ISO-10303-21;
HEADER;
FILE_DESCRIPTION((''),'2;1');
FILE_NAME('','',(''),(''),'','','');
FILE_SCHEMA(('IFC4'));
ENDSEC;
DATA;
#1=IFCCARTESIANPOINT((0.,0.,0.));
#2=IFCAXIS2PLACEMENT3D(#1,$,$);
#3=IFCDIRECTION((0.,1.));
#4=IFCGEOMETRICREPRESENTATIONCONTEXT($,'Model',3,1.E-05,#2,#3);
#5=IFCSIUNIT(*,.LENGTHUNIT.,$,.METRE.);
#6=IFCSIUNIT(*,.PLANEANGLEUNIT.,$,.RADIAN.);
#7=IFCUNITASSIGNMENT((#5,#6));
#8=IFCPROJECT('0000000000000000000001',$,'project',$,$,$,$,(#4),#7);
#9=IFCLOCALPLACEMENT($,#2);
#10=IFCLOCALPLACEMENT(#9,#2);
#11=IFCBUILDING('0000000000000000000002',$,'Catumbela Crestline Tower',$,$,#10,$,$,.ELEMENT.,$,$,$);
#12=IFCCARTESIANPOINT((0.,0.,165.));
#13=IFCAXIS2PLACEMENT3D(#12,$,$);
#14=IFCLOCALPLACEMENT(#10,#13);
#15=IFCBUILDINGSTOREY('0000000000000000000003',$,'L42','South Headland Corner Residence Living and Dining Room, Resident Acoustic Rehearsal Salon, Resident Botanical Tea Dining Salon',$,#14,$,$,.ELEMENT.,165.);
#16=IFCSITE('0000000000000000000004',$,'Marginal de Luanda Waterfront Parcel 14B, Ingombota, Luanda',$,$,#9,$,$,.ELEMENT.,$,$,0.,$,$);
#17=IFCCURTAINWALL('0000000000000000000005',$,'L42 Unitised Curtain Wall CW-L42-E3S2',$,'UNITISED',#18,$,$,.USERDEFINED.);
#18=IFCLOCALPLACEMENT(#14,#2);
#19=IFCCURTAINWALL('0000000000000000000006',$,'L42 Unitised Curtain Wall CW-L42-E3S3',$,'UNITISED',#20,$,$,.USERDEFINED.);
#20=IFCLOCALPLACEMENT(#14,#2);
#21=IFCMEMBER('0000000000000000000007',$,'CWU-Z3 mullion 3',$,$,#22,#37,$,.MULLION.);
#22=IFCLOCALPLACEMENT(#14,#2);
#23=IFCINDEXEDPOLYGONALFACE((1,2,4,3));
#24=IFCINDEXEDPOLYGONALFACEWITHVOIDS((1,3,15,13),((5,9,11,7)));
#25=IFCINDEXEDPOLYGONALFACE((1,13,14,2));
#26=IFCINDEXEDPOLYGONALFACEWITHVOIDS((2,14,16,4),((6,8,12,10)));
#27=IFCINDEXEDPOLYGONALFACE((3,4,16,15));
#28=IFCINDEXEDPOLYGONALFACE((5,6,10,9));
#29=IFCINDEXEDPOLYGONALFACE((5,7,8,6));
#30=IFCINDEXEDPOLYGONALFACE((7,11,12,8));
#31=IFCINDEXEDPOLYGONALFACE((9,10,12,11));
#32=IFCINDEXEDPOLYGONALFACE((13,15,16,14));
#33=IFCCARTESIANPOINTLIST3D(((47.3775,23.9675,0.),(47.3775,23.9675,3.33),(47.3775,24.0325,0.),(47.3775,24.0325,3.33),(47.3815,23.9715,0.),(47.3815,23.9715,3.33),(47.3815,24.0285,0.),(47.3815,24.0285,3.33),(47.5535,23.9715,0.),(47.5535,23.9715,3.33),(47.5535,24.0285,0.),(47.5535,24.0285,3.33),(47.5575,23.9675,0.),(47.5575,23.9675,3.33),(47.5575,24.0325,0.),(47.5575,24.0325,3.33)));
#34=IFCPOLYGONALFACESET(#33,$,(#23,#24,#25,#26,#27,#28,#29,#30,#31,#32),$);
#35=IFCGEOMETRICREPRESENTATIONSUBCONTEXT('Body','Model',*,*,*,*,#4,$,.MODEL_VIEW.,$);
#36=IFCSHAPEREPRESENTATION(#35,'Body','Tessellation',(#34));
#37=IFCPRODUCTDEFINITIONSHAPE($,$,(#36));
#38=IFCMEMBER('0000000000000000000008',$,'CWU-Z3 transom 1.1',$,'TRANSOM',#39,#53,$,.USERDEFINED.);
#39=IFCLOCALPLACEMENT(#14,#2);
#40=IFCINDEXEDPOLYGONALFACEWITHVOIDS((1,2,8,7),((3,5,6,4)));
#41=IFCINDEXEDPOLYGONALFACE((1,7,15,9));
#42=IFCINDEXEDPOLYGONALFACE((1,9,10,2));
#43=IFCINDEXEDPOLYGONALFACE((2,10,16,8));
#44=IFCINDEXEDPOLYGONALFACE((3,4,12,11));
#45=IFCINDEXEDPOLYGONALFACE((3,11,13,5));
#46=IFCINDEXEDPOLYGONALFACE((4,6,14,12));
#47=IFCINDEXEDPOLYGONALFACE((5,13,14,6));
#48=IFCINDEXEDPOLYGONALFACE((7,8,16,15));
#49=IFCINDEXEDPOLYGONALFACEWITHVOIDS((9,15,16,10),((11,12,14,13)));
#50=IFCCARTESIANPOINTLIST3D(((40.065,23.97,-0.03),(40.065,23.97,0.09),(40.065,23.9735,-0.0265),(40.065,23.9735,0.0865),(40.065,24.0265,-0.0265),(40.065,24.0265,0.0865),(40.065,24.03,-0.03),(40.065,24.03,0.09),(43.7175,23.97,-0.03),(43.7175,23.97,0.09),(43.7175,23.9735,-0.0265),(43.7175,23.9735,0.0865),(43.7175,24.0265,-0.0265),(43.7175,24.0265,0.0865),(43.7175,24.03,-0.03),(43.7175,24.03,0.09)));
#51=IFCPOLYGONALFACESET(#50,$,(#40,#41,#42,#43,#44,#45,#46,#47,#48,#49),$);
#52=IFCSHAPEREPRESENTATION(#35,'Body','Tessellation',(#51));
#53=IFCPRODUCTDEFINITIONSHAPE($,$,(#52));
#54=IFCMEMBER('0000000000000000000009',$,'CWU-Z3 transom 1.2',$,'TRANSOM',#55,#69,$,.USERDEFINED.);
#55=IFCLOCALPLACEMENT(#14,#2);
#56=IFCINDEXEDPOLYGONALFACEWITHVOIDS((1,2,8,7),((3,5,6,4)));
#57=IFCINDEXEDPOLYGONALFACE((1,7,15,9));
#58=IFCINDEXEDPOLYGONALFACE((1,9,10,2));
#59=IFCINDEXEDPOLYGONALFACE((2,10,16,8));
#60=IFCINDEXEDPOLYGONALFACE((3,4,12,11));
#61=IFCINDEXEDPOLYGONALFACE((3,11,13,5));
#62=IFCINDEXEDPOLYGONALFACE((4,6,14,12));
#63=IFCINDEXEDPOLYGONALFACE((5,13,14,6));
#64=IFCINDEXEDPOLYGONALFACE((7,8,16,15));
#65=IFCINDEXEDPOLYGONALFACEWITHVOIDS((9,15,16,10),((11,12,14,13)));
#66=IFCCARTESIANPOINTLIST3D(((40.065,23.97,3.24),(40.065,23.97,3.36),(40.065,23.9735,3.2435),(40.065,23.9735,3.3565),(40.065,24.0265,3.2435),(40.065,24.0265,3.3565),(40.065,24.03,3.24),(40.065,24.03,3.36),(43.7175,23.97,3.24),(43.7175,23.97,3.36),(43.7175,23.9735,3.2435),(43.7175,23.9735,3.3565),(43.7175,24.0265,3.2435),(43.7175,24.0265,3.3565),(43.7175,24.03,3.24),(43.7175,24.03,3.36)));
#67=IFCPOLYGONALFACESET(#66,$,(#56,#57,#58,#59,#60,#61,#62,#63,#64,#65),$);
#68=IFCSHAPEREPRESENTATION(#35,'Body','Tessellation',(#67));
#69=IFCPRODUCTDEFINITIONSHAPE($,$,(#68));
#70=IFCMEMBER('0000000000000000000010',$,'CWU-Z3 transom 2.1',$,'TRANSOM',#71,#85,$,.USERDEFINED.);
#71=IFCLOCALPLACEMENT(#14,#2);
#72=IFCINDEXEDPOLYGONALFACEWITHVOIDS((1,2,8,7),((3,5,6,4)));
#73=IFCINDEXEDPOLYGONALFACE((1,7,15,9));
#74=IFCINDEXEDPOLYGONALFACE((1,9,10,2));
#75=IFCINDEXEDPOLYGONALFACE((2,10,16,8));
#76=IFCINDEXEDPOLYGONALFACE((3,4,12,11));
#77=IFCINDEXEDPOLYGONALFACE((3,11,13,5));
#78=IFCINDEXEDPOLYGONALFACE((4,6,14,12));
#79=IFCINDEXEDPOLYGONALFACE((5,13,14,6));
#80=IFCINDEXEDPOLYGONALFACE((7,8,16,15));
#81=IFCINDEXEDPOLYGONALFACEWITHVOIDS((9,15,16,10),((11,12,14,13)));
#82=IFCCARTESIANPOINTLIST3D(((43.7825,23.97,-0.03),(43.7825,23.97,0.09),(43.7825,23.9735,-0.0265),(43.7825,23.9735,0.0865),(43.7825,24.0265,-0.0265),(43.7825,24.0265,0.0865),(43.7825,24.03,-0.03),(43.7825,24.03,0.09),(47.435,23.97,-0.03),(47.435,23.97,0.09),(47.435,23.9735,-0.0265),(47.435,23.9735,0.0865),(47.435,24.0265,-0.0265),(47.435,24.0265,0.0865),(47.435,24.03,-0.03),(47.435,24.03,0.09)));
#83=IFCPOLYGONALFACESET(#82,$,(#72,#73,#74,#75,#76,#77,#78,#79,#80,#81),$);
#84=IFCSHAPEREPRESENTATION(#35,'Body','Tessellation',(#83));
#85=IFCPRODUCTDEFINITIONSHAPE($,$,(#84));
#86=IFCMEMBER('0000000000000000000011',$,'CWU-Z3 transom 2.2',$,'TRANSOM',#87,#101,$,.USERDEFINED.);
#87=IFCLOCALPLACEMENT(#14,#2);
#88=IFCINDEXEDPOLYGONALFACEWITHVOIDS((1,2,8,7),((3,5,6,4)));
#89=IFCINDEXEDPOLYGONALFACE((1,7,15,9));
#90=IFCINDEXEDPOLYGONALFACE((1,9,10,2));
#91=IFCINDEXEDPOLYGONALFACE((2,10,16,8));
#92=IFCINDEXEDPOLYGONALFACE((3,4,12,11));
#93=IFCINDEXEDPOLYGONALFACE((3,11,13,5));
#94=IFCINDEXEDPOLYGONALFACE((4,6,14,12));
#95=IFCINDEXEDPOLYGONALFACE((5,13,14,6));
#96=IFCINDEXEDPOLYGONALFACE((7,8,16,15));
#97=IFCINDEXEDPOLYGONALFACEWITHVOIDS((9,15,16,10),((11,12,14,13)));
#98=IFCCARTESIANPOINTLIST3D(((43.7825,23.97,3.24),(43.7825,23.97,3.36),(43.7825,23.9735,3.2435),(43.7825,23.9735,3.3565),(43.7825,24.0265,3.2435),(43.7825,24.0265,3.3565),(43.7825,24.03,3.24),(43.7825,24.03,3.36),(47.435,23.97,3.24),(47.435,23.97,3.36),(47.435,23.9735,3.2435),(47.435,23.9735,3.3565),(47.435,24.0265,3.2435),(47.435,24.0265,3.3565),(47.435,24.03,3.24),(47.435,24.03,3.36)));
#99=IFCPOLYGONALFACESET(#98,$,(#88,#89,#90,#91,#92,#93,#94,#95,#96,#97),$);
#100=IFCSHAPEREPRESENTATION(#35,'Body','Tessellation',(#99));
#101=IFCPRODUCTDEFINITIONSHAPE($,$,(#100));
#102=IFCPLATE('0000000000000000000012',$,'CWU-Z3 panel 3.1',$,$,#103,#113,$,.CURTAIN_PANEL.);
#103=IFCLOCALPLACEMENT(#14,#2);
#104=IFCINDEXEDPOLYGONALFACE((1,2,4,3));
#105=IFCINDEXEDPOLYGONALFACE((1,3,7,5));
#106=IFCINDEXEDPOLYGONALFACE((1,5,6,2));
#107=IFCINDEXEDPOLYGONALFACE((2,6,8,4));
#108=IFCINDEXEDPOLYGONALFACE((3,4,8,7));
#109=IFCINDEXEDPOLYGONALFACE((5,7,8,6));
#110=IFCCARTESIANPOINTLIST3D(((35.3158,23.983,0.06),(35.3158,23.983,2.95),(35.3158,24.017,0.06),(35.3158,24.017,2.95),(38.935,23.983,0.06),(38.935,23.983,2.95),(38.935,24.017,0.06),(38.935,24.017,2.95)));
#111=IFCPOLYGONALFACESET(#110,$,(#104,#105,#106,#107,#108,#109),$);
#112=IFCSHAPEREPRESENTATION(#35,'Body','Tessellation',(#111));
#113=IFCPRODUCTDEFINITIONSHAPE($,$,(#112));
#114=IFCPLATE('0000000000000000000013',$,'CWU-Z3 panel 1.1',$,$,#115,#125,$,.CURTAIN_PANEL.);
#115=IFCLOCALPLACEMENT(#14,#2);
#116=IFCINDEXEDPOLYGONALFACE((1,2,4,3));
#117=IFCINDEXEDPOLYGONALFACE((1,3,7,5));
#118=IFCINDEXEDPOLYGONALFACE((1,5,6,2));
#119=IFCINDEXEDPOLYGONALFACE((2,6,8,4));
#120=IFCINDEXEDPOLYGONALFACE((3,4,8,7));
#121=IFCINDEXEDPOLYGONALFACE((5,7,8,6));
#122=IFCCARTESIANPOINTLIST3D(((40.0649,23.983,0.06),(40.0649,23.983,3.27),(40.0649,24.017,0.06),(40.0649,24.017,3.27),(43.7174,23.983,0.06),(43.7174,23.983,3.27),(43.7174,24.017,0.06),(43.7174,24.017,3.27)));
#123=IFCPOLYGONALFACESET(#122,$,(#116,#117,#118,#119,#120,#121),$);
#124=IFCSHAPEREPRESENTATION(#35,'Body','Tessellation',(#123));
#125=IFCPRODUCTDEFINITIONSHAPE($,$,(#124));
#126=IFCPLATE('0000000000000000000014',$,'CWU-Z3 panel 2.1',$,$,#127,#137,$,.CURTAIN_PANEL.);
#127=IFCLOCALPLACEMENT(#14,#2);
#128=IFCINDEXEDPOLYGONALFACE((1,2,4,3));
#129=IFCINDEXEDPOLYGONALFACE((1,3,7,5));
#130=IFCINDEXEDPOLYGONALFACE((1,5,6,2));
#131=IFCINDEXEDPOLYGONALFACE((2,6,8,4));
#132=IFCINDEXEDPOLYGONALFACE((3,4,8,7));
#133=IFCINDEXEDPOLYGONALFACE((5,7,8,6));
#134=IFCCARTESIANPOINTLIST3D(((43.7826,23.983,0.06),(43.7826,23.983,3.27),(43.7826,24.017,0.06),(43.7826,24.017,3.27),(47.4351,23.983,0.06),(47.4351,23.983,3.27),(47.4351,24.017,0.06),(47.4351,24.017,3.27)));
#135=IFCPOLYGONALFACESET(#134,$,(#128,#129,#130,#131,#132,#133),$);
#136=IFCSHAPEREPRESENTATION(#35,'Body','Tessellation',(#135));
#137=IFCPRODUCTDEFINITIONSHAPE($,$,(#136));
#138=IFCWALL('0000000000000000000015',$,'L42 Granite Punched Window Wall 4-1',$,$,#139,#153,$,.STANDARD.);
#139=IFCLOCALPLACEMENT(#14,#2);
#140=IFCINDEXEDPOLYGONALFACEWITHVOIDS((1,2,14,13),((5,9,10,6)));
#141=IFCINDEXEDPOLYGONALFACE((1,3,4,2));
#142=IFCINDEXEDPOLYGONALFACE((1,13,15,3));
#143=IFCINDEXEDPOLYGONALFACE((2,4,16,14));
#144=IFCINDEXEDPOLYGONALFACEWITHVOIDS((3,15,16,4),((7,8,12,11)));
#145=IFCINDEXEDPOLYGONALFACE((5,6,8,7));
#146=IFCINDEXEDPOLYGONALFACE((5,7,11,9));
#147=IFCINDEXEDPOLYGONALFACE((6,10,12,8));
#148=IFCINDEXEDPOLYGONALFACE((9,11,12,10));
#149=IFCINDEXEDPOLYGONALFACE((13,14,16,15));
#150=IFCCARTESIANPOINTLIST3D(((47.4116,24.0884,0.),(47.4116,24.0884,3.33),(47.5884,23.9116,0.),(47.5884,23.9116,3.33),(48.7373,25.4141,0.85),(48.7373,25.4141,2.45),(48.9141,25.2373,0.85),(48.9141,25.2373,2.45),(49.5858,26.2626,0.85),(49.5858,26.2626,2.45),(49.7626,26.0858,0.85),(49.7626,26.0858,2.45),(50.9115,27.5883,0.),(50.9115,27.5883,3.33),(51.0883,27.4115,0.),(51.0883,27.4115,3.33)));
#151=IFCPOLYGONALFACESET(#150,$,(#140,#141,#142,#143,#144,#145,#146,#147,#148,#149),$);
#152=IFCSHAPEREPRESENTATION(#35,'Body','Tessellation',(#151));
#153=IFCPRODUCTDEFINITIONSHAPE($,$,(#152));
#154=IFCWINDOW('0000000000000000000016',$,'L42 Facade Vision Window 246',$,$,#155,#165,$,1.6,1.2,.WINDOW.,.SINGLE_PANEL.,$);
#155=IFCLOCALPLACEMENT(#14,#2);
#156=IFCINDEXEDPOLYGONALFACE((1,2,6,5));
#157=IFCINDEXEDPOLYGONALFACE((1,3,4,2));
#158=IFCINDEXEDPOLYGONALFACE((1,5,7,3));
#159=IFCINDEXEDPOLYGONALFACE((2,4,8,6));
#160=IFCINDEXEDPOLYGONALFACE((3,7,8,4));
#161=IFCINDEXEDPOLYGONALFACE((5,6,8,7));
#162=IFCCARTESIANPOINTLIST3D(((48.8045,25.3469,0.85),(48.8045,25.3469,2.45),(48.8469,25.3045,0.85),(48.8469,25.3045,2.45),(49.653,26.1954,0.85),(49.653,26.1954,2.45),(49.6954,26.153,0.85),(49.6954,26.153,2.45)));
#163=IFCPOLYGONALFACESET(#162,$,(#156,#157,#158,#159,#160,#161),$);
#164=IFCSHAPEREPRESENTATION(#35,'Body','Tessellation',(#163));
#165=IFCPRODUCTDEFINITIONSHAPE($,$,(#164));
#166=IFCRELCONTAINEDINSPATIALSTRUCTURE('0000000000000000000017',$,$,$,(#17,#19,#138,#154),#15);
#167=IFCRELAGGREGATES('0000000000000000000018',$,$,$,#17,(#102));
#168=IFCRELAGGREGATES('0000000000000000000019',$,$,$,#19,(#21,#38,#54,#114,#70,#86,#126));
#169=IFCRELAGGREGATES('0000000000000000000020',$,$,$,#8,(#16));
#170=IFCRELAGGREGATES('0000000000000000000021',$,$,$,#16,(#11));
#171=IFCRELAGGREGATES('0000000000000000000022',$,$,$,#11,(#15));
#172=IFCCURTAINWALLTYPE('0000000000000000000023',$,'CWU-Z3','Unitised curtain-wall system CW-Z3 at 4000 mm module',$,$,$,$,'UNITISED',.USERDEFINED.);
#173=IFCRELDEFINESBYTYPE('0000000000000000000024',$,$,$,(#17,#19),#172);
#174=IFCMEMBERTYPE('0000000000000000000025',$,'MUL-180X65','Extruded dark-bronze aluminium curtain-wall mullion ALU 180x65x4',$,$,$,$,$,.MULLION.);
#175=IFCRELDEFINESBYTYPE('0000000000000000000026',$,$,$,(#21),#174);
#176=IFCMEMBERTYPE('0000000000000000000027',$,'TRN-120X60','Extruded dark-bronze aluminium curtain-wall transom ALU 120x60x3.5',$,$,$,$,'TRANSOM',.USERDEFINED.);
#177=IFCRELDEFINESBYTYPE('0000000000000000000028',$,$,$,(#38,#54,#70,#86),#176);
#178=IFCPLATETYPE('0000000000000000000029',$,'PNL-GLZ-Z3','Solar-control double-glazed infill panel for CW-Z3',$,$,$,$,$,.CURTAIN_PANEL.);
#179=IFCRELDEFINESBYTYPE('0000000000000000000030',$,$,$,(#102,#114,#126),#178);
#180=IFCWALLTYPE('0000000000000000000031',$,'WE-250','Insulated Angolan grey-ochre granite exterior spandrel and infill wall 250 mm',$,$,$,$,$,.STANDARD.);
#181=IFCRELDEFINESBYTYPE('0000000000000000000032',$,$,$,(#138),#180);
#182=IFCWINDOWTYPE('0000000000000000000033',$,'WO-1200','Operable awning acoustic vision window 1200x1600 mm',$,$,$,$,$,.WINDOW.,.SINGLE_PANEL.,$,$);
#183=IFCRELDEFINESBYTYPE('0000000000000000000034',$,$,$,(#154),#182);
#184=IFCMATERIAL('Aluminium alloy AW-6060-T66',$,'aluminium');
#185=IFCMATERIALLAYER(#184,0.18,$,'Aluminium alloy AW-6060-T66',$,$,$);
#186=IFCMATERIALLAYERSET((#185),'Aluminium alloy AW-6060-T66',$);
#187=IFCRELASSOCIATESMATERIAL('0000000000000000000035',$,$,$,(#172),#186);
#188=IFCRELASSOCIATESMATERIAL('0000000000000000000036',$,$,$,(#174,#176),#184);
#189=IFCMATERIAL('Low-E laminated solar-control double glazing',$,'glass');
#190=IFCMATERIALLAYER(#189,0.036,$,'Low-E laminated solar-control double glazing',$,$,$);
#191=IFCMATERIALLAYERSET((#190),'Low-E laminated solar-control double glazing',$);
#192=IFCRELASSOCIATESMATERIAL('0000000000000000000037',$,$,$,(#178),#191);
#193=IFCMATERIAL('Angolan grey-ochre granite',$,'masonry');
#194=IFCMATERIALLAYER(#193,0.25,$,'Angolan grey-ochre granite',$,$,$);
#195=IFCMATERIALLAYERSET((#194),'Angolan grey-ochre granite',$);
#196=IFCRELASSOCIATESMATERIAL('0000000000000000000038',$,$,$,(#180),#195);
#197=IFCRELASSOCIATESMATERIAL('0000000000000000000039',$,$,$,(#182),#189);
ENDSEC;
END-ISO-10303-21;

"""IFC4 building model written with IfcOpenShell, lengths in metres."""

from ifc_helpers import new_model, si_unit, direction, frame, frame_2d, origin, origin_2d, place, context, subcontext, project, spatial, rectangle, hollow_rectangle, extrude, material, layer, layer_set, material_profile, profile_set, type_object, element, fill, aggregate, save


model = new_model("IFC4")

# Units and contexts
model_context = context("Model", 3, precision=1e-05, world=origin(), true_north=direction((0.0, 1.0)))
body_context = subcontext(model_context, "Body", "Model", "MODEL_VIEW")
ifc_project = project(units=[si_unit("LENGTHUNIT", "METRE"), si_unit("PLANEANGLEUNIT", "RADIAN")], contexts=[model_context])

# Site, building, storey
site_placement = place(None, origin())
site = spatial("IfcSite", under=ifc_project, at=site_placement, Name="Marginal de Luanda Waterfront Parcel 14B, Ingombota, Luanda", CompositionType="ELEMENT", RefElevation=0.0)
building_placement = place(site_placement, origin())
building = spatial("IfcBuilding", under=site, at=building_placement, Name="Catumbela Crestline Tower", CompositionType="ELEMENT")
storey_placement = place(building_placement, frame((0.0, 0.0, 165.0)))
storey = spatial("IfcBuildingStorey", under=building, at=storey_placement, Name="L42", Description="South Headland Corner Residence Living and Dining Room, Resident Acoustic Rehearsal Salon, Resident Botanical Tea Dining Salon", CompositionType="ELEMENT", Elevation=165.0)

# Curtain wall
ifc_material_1 = material(Name="Aluminium alloy AW-6060-T66", Category="aluminium")
ifc_layer_1 = layer(ifc_material_1, 0.18, Name="Aluminium alloy AW-6060-T66")
ifc_layer_set_1 = layer_set([ifc_layer_1], Name="Aluminium alloy AW-6060-T66")
curtain_wall_type = type_object("IfcCurtainWallType", Name="CWU-Z3", Description="Unitised curtain-wall system CW-Z3 at 4000 mm module", ElementType="UNITISED", PredefinedType="USERDEFINED", material=ifc_layer_set_1)
curtain_wall_1_placement = place(storey_placement, origin())
curtain_wall_1 = element("IfcCurtainWall", 1, at=curtain_wall_1_placement, inside=storey, type_object=curtain_wall_type, Name="L42 Unitised Curtain Wall CW-L42-E3S2", ObjectType="UNITISED", PredefinedType="USERDEFINED")
ifc_material_profile_1 = material_profile(ifc_material_1, hollow_rectangle(XDim=0.065, YDim=0.18, WallThickness=0.004, at=origin_2d()), Name="ALU 180x65x4")
ifc_profile_set_1 = profile_set([ifc_material_profile_1], Name="Aluminium alloy AW-6060-T66")
member_type_1 = type_object("IfcMemberType", Name="MUL-180X65", Description="Extruded dark-bronze aluminium curtain-wall mullion ALU 180x65x4", PredefinedType="MULLION", material=ifc_profile_set_1)

# Curtain wall, members
curtain_wall_2_placement = place(storey_placement, origin())
curtain_wall_2 = element("IfcCurtainWall", 2, at=curtain_wall_2_placement, inside=storey, type_object=curtain_wall_type, Name="L42 Unitised Curtain Wall CW-L42-E3S3", ObjectType="UNITISED", PredefinedType="USERDEFINED")
member_1_placement = place(storey_placement, frame((47.4675, 24.0, 0.0), z_axis=(0.0, 0.0, 1.0), x_axis=(0.0, 1.0, 0.0)))
member_1 = element("IfcMember", 3, at=member_1_placement, type_object=member_type_1, Name="CWU-Z3 mullion 3", PredefinedType="MULLION", context=body_context, shape_type="SweptSolid", body=[
    extrude(hollow_rectangle(XDim=0.065, YDim=0.18, WallThickness=0.004, at=origin_2d()), origin(), (0.0, 0.0, 1.0), 3.33),
])
ifc_material_profile_2 = material_profile(ifc_material_1, hollow_rectangle(XDim=0.06, YDim=0.12, WallThickness=0.0035, at=origin_2d()), Name="ALU 120x60x3.5")
ifc_profile_set_2 = profile_set([ifc_material_profile_2], Name="Aluminium alloy AW-6060-T66")
member_type_2 = type_object("IfcMemberType", Name="TRN-120X60", Description="Extruded dark-bronze aluminium curtain-wall transom ALU 120x60x3.5", ElementType="TRANSOM", PredefinedType="USERDEFINED", material=ifc_profile_set_2)
member_2_placement = place(storey_placement, frame((40.065, 24.0, 0.03), z_axis=(1.0, 0.0, 0.0), x_axis=(0.0, 1.0, 0.0)))
member_2 = element("IfcMember", 4, at=member_2_placement, type_object=member_type_2, Name="CWU-Z3 transom 1.1", ObjectType="TRANSOM", PredefinedType="USERDEFINED", context=body_context, shape_type="SweptSolid", body=[
    extrude(hollow_rectangle(XDim=0.06, YDim=0.12, WallThickness=0.0035, at=origin_2d()), origin(), (0.0, 0.0, 1.0), 3.6525),
])
member_3_placement = place(storey_placement, frame((40.065, 24.0, 3.3), z_axis=(1.0, 0.0, 0.0), x_axis=(0.0, 1.0, 0.0)))
member_3 = element("IfcMember", 5, at=member_3_placement, type_object=member_type_2, Name="CWU-Z3 transom 1.2", ObjectType="TRANSOM", PredefinedType="USERDEFINED", context=body_context, shape_type="SweptSolid", body=[
    extrude(hollow_rectangle(XDim=0.06, YDim=0.12, WallThickness=0.0035, at=origin_2d()), origin(), (0.0, 0.0, 1.0), 3.6525),
])
member_4_placement = place(storey_placement, frame((43.7825, 24.0, 0.03), z_axis=(1.0, 0.0, 0.0), x_axis=(0.0, 1.0, 0.0)))
member_4 = element("IfcMember", 6, at=member_4_placement, type_object=member_type_2, Name="CWU-Z3 transom 2.1", ObjectType="TRANSOM", PredefinedType="USERDEFINED", context=body_context, shape_type="SweptSolid", body=[
    extrude(hollow_rectangle(XDim=0.06, YDim=0.12, WallThickness=0.0035, at=origin_2d()), origin(), (0.0, 0.0, 1.0), 3.6525),
])
member_5_placement = place(storey_placement, frame((43.7825, 24.0, 3.3), z_axis=(1.0, 0.0, 0.0), x_axis=(0.0, 1.0, 0.0)))
member_5 = element("IfcMember", 7, at=member_5_placement, type_object=member_type_2, Name="CWU-Z3 transom 2.2", ObjectType="TRANSOM", PredefinedType="USERDEFINED", context=body_context, shape_type="SweptSolid", body=[
    extrude(hollow_rectangle(XDim=0.06, YDim=0.12, WallThickness=0.0035, at=origin_2d()), origin(), (0.0, 0.0, 1.0), 3.6525),
])

# Plates
ifc_material_2 = material(Name="Low-E laminated solar-control double glazing", Category="glass")
ifc_layer_2 = layer(ifc_material_2, 0.036, Name="Low-E laminated solar-control double glazing")
ifc_layer_set_2 = layer_set([ifc_layer_2], Name="Low-E laminated solar-control double glazing")
plate_type = type_object("IfcPlateType", Name="PNL-GLZ-Z3", Description="Solar-control double-glazed infill panel for CW-Z3", PredefinedType="CURTAIN_PANEL", material=ifc_layer_set_2)
plate_1_placement = place(storey_placement, frame((37.1254, 24.0, 0.06), z_axis=(0.0, 0.0, 1.0), x_axis=(1.0, 0.0, 0.0)))
plate_1 = element("IfcPlate", 8, at=plate_1_placement, type_object=plate_type, Name="CWU-Z3 panel 3.1", PredefinedType="CURTAIN_PANEL", context=body_context, shape_type="SweptSolid", body=[
    extrude(rectangle(XDim=3.6192, YDim=0.034, at=origin_2d()), origin(), (0.0, 0.0, 1.0), 2.89),
])
aggregate(curtain_wall_1, [plate_1])
plate_2_placement = place(storey_placement, frame((41.8912, 24.0, 0.06), z_axis=(0.0, 0.0, 1.0), x_axis=(1.0, 0.0, 0.0)))
plate_2 = element("IfcPlate", 9, at=plate_2_placement, type_object=plate_type, Name="CWU-Z3 panel 1.1", PredefinedType="CURTAIN_PANEL", context=body_context, shape_type="SweptSolid", body=[
    extrude(rectangle(XDim=3.6525, YDim=0.034, at=origin_2d()), origin(), (0.0, 0.0, 1.0), 3.21),
])
plate_3_placement = place(storey_placement, frame((45.6088, 24.0, 0.06), z_axis=(0.0, 0.0, 1.0), x_axis=(1.0, 0.0, 0.0)))
plate_3 = element("IfcPlate", 10, at=plate_3_placement, type_object=plate_type, Name="CWU-Z3 panel 2.1", PredefinedType="CURTAIN_PANEL", context=body_context, shape_type="SweptSolid", body=[
    extrude(rectangle(XDim=3.6525, YDim=0.034, at=origin_2d()), origin(), (0.0, 0.0, 1.0), 3.21),
])
aggregate(curtain_wall_2, [member_1, member_2, member_3, plate_2, member_4, member_5, plate_3])

# Wall, opening, window
ifc_material_3 = material(Name="Angolan grey-ochre granite", Category="masonry")
ifc_layer_3 = layer(ifc_material_3, 0.25, Name="Angolan grey-ochre granite")
ifc_layer_set_3 = layer_set([ifc_layer_3], Name="Angolan grey-ochre granite")
wall_type = type_object("IfcWallType", Name="WE-250", Description="Insulated Angolan grey-ochre granite exterior spandrel and infill wall 250 mm", PredefinedType="STANDARD", material=ifc_layer_set_3)
wall_1_placement = place(storey_placement, frame((47.5, 24.0, 0.0), z_axis=(0.0, 0.0, 1.0), x_axis=(0.707107, 0.707107, 0.0)))
wall_1 = element("IfcWall", 11, at=wall_1_placement, inside=storey, type_object=wall_type, Name="L42 Granite Punched Window Wall 4-1", PredefinedType="STANDARD", context=body_context, shape_type="SweptSolid", body=[
    extrude(rectangle(XDim=4.9497, YDim=0.25, at=frame_2d((2.4748, 0.0))), origin(), (0.0, 0.0, 1.0), 3.33),
])
opening_1_placement = place(wall_1_placement, frame((1.8748, 0.0, 0.85)))
opening_1 = element("IfcOpeningElement", 12, at=opening_1_placement, cuts=wall_1, PredefinedType="OPENING", context=body_context, shape_type="SweptSolid", body=[
    extrude(rectangle(XDim=1.2, YDim=1.6, at=frame_2d((0.6, 0.8))), frame((0.0, 0.135, 0.0), z_axis=(0.0, -1.0, 0.0), x_axis=(1.0, 0.0, 0.0)), (0.0, 0.0, 1.0), 0.27),
])
window_type_1 = type_object("IfcWindowType", Name="WO-1200", Description="Operable awning acoustic vision window 1200x1600 mm", PartitioningType="SINGLE_PANEL", PredefinedType="WINDOW", material=ifc_material_2)
window_1_placement = place(opening_1_placement, origin())
window_1 = element("IfcWindow", 13, at=window_1_placement, inside=storey, type_object=window_type_1, Name="L42 Facade Vision Window 246", OverallHeight=1.6, OverallWidth=1.2, PartitioningType="SINGLE_PANEL", PredefinedType="WINDOW", context=body_context, shape_type="SweptSolid", body=[
    extrude(rectangle(XDim=1.2, YDim=1.6, at=frame_2d((0.6, 0.8))), frame((0.0, 0.03, 0.0), z_axis=(0.0, -1.0, 0.0), x_axis=(1.0, 0.0, 0.0)), (0.0, 0.0, 1.0), 0.06),
])
fill(opening_1, window_1)

save(model, "model.ifc")
